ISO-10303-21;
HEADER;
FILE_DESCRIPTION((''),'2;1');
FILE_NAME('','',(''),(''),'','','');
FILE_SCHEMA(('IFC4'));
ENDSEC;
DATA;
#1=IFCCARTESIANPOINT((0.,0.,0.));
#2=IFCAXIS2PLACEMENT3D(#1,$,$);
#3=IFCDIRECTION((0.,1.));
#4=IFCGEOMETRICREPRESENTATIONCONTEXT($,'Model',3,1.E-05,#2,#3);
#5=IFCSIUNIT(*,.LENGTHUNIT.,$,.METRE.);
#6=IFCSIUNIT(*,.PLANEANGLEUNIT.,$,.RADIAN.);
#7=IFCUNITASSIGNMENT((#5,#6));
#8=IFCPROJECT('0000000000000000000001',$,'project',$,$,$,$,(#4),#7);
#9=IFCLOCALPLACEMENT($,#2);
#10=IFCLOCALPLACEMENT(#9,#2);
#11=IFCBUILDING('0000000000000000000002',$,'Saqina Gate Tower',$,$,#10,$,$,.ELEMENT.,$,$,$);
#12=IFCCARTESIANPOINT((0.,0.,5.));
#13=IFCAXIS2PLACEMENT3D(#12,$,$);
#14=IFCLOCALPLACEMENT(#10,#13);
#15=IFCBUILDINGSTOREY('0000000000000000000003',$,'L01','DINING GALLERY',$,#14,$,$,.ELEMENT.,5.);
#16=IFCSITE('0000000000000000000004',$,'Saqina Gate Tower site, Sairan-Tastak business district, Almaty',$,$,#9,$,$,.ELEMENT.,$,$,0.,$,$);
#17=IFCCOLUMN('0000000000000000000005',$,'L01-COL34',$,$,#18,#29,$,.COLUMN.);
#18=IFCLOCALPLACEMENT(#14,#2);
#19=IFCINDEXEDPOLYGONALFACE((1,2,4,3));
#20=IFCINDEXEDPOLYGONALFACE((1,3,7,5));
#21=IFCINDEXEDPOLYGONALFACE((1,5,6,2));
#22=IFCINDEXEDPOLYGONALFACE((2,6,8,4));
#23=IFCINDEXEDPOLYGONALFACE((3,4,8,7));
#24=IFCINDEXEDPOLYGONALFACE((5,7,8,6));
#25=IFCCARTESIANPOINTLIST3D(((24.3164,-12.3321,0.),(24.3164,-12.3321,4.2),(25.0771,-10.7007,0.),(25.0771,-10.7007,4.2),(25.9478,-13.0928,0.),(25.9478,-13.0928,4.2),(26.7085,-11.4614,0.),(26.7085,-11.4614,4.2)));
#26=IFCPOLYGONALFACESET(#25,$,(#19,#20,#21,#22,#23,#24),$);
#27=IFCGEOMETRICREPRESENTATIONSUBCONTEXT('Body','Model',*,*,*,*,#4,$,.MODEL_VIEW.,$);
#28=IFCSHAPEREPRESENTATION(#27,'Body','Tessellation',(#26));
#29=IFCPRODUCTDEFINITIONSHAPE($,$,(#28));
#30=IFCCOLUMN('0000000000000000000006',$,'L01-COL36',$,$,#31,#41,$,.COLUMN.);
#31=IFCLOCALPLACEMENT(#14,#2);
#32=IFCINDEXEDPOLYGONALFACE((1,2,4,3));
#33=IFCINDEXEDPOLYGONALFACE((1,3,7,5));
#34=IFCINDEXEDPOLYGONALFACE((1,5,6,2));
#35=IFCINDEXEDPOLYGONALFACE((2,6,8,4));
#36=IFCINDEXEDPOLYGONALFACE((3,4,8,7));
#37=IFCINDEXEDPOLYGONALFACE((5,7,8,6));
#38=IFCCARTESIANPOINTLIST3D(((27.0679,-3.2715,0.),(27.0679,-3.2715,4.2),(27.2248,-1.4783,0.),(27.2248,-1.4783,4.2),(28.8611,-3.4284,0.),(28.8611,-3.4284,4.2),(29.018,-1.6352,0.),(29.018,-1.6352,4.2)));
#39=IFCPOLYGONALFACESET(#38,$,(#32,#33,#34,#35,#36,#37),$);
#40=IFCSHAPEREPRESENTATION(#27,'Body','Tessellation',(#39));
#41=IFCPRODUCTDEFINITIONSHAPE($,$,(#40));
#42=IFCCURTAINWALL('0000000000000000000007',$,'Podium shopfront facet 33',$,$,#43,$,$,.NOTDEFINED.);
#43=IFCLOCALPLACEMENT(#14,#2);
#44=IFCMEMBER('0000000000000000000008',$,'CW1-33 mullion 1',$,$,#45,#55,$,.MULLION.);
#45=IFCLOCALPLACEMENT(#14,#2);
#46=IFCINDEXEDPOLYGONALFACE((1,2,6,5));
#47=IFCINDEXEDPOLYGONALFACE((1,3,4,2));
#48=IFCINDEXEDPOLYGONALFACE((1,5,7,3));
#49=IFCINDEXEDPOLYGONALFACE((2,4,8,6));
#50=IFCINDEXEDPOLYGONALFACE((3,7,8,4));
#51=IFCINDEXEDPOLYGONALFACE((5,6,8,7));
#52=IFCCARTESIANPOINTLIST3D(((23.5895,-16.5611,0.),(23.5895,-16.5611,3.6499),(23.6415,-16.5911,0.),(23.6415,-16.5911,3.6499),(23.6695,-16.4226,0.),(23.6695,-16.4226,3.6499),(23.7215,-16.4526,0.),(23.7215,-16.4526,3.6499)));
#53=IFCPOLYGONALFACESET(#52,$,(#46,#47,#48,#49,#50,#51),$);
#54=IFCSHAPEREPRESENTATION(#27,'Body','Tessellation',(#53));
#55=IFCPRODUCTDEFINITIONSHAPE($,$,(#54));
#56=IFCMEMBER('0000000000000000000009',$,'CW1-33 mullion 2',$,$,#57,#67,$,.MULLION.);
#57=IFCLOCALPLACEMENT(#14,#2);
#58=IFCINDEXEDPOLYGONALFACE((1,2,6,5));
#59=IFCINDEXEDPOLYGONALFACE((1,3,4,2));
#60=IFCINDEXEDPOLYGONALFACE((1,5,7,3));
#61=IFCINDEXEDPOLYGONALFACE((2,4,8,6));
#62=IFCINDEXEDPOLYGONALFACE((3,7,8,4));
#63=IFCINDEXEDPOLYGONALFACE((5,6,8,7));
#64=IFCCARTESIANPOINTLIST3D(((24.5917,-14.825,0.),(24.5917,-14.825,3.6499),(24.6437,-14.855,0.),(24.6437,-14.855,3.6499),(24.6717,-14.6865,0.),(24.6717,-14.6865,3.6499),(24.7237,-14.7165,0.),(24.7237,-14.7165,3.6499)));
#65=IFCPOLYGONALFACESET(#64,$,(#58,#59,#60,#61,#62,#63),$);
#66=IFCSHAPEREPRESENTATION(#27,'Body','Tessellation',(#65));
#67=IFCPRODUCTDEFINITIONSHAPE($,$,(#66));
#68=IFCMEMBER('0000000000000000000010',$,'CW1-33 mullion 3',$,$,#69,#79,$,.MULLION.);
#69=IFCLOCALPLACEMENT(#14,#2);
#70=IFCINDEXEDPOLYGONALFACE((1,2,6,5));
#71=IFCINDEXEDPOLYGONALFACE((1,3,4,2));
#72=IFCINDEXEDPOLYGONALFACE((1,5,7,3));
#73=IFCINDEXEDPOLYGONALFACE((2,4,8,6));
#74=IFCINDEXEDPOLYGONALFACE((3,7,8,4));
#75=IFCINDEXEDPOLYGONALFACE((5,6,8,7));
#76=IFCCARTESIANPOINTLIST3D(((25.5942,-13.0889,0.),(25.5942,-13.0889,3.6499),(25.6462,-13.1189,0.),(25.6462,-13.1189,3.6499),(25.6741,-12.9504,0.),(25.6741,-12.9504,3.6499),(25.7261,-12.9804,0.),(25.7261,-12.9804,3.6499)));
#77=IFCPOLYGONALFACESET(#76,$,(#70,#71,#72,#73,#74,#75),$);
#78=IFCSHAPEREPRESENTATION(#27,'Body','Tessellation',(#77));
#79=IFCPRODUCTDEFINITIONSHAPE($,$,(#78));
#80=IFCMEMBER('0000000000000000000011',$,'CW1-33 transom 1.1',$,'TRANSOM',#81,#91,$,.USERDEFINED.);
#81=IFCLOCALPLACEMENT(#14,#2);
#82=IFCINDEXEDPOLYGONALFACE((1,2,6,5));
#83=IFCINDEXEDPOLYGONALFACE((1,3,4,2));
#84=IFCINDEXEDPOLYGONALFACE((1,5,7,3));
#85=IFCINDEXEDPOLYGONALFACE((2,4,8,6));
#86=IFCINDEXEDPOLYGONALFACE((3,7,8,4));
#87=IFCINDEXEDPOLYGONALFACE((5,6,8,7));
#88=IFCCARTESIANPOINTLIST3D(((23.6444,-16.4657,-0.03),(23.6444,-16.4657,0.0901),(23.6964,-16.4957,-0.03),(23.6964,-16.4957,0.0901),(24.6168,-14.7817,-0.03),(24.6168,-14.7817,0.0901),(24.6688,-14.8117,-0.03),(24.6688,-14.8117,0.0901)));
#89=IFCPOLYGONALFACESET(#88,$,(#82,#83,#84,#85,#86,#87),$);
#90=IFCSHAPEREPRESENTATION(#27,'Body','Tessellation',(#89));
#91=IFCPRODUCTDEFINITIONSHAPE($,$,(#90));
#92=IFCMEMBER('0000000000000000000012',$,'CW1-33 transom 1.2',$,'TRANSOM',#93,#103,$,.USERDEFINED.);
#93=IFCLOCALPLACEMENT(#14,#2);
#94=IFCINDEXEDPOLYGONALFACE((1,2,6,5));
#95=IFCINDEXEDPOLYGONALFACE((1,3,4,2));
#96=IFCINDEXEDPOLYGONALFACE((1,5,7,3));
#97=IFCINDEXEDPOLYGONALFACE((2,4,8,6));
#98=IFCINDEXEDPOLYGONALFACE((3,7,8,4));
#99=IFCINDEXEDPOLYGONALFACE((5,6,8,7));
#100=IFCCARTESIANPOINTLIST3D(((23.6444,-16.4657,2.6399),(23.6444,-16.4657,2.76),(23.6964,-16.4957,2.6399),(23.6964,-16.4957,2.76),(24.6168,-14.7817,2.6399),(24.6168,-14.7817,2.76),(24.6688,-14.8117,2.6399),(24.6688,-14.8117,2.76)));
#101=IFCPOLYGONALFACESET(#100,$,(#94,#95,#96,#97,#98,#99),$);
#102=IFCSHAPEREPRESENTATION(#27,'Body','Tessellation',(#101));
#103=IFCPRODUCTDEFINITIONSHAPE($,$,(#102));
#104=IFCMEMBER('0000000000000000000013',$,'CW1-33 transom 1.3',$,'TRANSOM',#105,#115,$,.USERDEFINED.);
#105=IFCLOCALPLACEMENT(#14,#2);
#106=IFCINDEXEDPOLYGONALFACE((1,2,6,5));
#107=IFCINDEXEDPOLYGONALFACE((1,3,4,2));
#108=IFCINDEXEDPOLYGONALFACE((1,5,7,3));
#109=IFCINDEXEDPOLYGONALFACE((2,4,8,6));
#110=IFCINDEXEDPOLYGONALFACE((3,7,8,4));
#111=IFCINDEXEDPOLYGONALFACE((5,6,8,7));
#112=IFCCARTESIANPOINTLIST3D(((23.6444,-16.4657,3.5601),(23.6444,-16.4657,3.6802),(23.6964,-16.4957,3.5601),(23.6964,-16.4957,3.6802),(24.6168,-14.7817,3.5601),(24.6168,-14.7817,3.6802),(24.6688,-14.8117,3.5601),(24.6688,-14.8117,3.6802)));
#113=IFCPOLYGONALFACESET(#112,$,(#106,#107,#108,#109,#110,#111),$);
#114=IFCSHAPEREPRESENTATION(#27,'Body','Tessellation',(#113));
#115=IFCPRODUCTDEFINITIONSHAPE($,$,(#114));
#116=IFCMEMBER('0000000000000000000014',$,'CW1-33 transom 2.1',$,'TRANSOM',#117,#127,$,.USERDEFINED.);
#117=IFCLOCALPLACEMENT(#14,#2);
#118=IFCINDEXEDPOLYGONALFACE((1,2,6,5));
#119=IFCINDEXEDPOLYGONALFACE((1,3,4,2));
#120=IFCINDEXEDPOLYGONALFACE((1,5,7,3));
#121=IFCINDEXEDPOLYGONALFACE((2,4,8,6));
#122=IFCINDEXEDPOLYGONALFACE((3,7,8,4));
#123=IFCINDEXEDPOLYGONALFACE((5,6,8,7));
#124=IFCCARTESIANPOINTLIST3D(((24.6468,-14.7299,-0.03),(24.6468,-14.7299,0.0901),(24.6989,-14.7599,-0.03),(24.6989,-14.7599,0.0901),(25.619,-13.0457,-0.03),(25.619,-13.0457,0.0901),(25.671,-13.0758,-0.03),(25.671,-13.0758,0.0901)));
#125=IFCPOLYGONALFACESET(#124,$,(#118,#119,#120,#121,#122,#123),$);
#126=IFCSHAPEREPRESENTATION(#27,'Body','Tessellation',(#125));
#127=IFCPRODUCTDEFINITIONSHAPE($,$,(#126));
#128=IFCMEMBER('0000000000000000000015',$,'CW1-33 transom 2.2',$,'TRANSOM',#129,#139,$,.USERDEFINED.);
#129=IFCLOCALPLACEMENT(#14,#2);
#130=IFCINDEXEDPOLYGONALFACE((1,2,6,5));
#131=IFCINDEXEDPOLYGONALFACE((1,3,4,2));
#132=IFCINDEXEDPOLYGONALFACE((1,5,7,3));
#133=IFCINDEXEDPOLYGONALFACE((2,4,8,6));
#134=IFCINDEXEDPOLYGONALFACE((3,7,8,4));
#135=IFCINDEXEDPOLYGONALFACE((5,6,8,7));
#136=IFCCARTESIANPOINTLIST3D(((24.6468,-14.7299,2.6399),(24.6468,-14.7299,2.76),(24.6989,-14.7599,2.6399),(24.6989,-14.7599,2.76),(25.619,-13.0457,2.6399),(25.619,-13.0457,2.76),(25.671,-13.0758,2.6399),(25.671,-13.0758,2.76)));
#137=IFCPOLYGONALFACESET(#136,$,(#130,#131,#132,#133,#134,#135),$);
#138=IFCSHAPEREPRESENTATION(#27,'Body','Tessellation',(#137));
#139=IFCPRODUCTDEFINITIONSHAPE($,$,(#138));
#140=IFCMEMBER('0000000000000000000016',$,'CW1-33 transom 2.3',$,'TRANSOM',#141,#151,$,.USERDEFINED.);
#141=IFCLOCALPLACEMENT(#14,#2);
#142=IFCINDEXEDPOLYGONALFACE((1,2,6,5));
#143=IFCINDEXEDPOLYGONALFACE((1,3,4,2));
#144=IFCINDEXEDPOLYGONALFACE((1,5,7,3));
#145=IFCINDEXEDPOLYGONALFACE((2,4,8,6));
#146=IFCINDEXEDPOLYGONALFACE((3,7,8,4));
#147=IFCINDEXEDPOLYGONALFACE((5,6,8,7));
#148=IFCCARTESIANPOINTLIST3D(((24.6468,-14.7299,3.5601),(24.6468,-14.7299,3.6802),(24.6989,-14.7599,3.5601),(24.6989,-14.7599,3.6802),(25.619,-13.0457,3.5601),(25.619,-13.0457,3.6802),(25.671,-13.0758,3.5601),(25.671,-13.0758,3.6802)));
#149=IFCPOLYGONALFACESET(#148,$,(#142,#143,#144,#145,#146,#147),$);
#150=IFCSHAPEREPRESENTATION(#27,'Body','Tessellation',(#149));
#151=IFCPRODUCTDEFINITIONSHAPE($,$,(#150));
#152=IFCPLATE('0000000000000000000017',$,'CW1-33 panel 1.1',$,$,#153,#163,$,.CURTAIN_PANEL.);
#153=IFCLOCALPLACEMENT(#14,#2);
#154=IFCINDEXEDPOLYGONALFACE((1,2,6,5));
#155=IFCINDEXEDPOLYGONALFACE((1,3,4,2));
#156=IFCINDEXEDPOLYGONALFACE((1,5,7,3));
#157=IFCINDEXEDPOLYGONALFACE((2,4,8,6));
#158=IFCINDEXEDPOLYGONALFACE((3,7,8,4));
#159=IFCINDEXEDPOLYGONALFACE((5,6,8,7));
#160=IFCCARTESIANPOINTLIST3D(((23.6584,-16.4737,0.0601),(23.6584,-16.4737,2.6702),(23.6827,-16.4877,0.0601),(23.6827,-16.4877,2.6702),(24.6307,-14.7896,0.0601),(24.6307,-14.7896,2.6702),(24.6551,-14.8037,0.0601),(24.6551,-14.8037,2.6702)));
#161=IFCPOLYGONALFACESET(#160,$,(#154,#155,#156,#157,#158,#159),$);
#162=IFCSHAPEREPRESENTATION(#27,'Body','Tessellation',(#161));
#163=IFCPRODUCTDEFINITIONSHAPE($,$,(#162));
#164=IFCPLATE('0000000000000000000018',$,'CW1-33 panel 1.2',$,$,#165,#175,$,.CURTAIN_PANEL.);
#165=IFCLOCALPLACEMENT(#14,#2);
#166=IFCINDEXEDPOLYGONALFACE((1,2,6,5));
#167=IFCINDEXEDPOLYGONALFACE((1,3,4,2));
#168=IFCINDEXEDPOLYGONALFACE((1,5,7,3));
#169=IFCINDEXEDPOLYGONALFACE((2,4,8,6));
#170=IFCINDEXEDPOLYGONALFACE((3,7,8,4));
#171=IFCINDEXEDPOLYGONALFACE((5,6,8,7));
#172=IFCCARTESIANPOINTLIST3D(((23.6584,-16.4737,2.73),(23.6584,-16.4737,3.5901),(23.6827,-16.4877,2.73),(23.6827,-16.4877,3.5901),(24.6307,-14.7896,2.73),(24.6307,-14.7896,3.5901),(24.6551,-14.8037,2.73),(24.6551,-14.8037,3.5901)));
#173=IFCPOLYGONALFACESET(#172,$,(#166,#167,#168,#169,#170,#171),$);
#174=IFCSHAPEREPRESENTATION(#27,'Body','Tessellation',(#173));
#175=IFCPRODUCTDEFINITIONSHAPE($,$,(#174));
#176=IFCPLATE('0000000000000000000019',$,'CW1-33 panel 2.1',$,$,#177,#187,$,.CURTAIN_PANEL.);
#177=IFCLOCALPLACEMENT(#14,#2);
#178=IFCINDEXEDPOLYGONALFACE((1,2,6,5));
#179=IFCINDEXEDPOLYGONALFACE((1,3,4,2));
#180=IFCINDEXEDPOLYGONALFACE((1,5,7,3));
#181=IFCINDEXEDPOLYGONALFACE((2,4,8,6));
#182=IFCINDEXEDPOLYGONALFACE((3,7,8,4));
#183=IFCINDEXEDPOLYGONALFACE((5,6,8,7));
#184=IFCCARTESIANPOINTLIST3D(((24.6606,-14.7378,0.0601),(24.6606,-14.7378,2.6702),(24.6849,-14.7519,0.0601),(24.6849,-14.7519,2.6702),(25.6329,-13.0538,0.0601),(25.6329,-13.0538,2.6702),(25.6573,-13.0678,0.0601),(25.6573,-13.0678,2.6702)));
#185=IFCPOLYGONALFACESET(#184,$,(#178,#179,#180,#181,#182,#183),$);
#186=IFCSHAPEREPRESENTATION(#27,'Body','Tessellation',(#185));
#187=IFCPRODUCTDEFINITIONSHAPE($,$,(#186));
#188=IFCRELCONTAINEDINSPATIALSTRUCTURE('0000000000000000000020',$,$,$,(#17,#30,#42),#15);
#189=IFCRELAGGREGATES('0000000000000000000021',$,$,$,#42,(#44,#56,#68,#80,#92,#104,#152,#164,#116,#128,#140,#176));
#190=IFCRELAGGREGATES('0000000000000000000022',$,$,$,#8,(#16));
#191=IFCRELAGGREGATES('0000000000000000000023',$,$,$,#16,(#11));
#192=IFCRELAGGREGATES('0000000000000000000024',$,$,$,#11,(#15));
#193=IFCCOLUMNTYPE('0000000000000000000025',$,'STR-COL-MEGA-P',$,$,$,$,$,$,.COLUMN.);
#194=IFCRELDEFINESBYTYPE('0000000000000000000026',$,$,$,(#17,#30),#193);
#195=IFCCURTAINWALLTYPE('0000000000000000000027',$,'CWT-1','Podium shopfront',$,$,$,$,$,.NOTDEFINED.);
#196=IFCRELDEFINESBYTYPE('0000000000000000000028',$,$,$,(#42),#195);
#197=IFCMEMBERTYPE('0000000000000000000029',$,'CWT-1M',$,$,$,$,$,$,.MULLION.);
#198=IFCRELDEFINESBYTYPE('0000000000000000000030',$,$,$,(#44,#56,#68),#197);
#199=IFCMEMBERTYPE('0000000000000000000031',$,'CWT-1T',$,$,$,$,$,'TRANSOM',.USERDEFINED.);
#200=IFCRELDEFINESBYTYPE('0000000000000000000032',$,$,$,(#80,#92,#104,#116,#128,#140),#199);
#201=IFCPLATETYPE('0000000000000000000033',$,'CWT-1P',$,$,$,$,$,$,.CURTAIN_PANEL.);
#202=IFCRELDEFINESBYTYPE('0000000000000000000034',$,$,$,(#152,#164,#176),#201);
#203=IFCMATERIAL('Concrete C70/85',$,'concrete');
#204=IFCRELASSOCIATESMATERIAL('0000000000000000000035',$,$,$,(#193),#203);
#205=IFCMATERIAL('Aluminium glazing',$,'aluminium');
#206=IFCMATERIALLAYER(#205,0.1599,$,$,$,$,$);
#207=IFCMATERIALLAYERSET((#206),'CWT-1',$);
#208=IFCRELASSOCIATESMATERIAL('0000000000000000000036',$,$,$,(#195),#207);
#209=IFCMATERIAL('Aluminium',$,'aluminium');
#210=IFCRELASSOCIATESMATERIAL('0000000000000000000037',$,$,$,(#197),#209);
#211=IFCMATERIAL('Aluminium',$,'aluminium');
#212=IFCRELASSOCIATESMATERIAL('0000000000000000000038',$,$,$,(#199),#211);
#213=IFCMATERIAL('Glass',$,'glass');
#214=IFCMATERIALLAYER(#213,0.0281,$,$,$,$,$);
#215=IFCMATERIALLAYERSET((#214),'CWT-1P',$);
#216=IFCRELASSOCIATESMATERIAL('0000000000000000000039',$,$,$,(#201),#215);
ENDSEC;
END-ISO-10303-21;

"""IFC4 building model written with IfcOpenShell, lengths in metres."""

from ifc_helpers import new_model, si_unit, direction, frame, origin, origin_2d, place, context, subcontext, project, spatial, rectangle, extrude, material, layer, layer_set, material_profile, profile_set, type_object, element, aggregate, save


model = new_model("IFC4")

# Units and contexts
model_context = context("Model", 3, precision=1e-05, world=origin(), true_north=direction((0.0, 1.0)))
body_context = subcontext(model_context, "Body", "Model", "MODEL_VIEW")
ifc_project = project(units=[si_unit("LENGTHUNIT", "METRE"), si_unit("PLANEANGLEUNIT", "RADIAN")], contexts=[model_context])

# Site, building, storey
site_placement = place(None, origin())
site = spatial("IfcSite", under=ifc_project, at=site_placement, Name="Saqina Gate Tower site, Sairan-Tastak business district, Almaty", CompositionType="ELEMENT", RefElevation=0.0)
building_placement = place(site_placement, origin())
building = spatial("IfcBuilding", under=site, at=building_placement, Name="Saqina Gate Tower", CompositionType="ELEMENT")
storey_placement = place(building_placement, frame((0.0, 0.0, 5.0)))
storey = spatial("IfcBuildingStorey", under=building, at=storey_placement, Name="L01", Description="DINING GALLERY", CompositionType="ELEMENT", Elevation=5.0)

# Columns
ifc_material_1 = material(Name="Concrete C70/85", Category="concrete")
ifc_material_profile_1 = material_profile(ifc_material_1, rectangle(XDim=1.8, YDim=1.8, at=origin_2d()), Name="RC 1800x1800")
ifc_profile_set_1 = profile_set([ifc_material_profile_1], Name="Concrete C70/85")
column_type = type_object("IfcColumnType", Name="STR-COL-MEGA-P", PredefinedType="COLUMN", material=ifc_profile_set_1)
for number, where, z_axis, x_axis, name in (
    (1, (25.5125, -11.8967, 0.0), (0.0, 0.0, 1.0), (0.906308, -0.422618, 0.0), "L01-COL34"),
    (2, (28.043, -2.4534, 0.0), (0.0, 0.0, 1.0), (0.996195, -0.087156, 0.0), "L01-COL36"),
):
    element("IfcColumn", number, at=place(storey_placement, frame(where, z_axis=z_axis, x_axis=x_axis)), inside=storey, type_object=column_type, Name=name, PredefinedType="COLUMN", context=body_context, shape_type="SweptSolid", body=[
        extrude(rectangle(XDim=1.8, YDim=1.8, at=origin_2d()), origin(), (0.0, 0.0, 1.0), 4.2),
    ])

# Curtain wall, members, plates
ifc_material_2 = material(Name="Aluminium glazing", Category="aluminium")
ifc_layer_1 = layer(ifc_material_2, 0.1599)
ifc_layer_set_1 = layer_set([ifc_layer_1], Name="CWT-1")
curtain_wall_type = type_object("IfcCurtainWallType", Name="CWT-1", Description="Podium shopfront", PredefinedType="NOTDEFINED", material=ifc_layer_set_1)
curtain_wall_placement = place(storey_placement, origin())
curtain_wall = element("IfcCurtainWall", 3, at=curtain_wall_placement, inside=storey, type_object=curtain_wall_type, Name="Podium shopfront facet 33", PredefinedType="NOTDEFINED")
ifc_material_3 = material(Name="Aluminium", Category="aluminium")
ifc_material_profile_2 = material_profile(ifc_material_3, rectangle(XDim=0.0601, YDim=0.1599, at=origin_2d()), Name="Aluminium 60x160")
ifc_profile_set_2 = profile_set([ifc_material_profile_2], Name="Aluminium")
member_type_1 = type_object("IfcMemberType", Name="CWT-1M", PredefinedType="MULLION", material=ifc_profile_set_2)
member_1_placement = place(storey_placement, frame((23.6555, -16.5068, 0.0), z_axis=(0.0, 0.0, 1.0), x_axis=(-0.866017, 0.500014, 0.0)))
member_1 = element("IfcMember", 4, at=member_1_placement, type_object=member_type_1, Name="CW1-33 mullion 1", PredefinedType="MULLION", context=body_context, shape_type="SweptSolid", body=[
    extrude(rectangle(XDim=0.0601, YDim=0.1599, at=origin_2d()), origin(), (0.0, 0.0, 1.0), 3.6499),
])
member_2_placement = place(storey_placement, frame((24.6577, -14.7708, 0.0), z_axis=(0.0, 0.0, 1.0), x_axis=(-0.866017, 0.500014, 0.0)))
member_2 = element("IfcMember", 5, at=member_2_placement, type_object=member_type_1, Name="CW1-33 mullion 2", PredefinedType="MULLION", context=body_context, shape_type="SweptSolid", body=[
    extrude(rectangle(XDim=0.0601, YDim=0.1599, at=origin_2d()), origin(), (0.0, 0.0, 1.0), 3.6499),
])
member_3_placement = place(storey_placement, frame((25.6602, -13.0347, 0.0), z_axis=(0.0, 0.0, 1.0), x_axis=(-0.866017, 0.500014, 0.0)))
member_3 = element("IfcMember", 6, at=member_3_placement, type_object=member_type_1, Name="CW1-33 mullion 3", PredefinedType="MULLION", context=body_context, shape_type="SweptSolid", body=[
    extrude(rectangle(XDim=0.0601, YDim=0.1599, at=origin_2d()), origin(), (0.0, 0.0, 1.0), 3.6499),
])
ifc_material_4 = material(Name="Aluminium", Category="aluminium")
ifc_material_profile_3 = material_profile(ifc_material_4, rectangle(XDim=0.0601, YDim=0.1201, at=origin_2d()), Name="Aluminium 60x120")
ifc_profile_set_3 = profile_set([ifc_material_profile_3], Name="Aluminium")
member_type_2 = type_object("IfcMemberType", Name="CWT-1T", ElementType="TRANSOM", PredefinedType="USERDEFINED", material=ifc_profile_set_3)
member_4_placement = place(storey_placement, frame((23.6704, -16.4807, 0.03), z_axis=(0.500041, 0.866002, 0.0), x_axis=(-0.866002, 0.500041, 0.0)))
member_4 = element("IfcMember", 7, at=member_4_placement, type_object=member_type_2, Name="CW1-33 transom 1.1", ObjectType="TRANSOM", PredefinedType="USERDEFINED", context=body_context, shape_type="SweptSolid", body=[
    extrude(rectangle(XDim=0.0601, YDim=0.1201, at=origin_2d()), origin(), (0.0, 0.0, 1.0), 1.9446),
])
member_5_placement = place(storey_placement, frame((23.6704, -16.4807, 2.7), z_axis=(0.500041, 0.866002, 0.0), x_axis=(-0.866002, 0.500041, 0.0)))
member_5 = element("IfcMember", 8, at=member_5_placement, type_object=member_type_2, Name="CW1-33 transom 1.2", ObjectType="TRANSOM", PredefinedType="USERDEFINED", context=body_context, shape_type="SweptSolid", body=[
    extrude(rectangle(XDim=0.0601, YDim=0.1201, at=origin_2d()), origin(), (0.0, 0.0, 1.0), 1.9446),
])
member_6_placement = place(storey_placement, frame((23.6704, -16.4807, 3.6201), z_axis=(0.500041, 0.866002, 0.0), x_axis=(-0.866002, 0.500041, 0.0)))
member_6 = element("IfcMember", 9, at=member_6_placement, type_object=member_type_2, Name="CW1-33 transom 1.3", ObjectType="TRANSOM", PredefinedType="USERDEFINED", context=body_context, shape_type="SweptSolid", body=[
    extrude(rectangle(XDim=0.0601, YDim=0.1201, at=origin_2d()), origin(), (0.0, 0.0, 1.0), 1.9446),
])
member_7_placement = place(storey_placement, frame((24.6729, -14.7449, 0.03), z_axis=(0.499947, 0.866056, 0.0), x_axis=(-0.866056, 0.499947, 0.0)))
member_7 = element("IfcMember", 10, at=member_7_placement, type_object=member_type_2, Name="CW1-33 transom 2.1", ObjectType="TRANSOM", PredefinedType="USERDEFINED", context=body_context, shape_type="SweptSolid", body=[
    extrude(rectangle(XDim=0.0601, YDim=0.1201, at=origin_2d()), origin(), (0.0, 0.0, 1.0), 1.9446),
])
member_8_placement = place(storey_placement, frame((24.6729, -14.7449, 2.7), z_axis=(0.499947, 0.866056, 0.0), x_axis=(-0.866056, 0.499947, 0.0)))
member_8 = element("IfcMember", 11, at=member_8_placement, type_object=member_type_2, Name="CW1-33 transom 2.2", ObjectType="TRANSOM", PredefinedType="USERDEFINED", context=body_context, shape_type="SweptSolid", body=[
    extrude(rectangle(XDim=0.0601, YDim=0.1201, at=origin_2d()), origin(), (0.0, 0.0, 1.0), 1.9446),
])
member_9_placement = place(storey_placement, frame((24.6729, -14.7449, 3.6201), z_axis=(0.499947, 0.866056, 0.0), x_axis=(-0.866056, 0.499947, 0.0)))
member_9 = element("IfcMember", 12, at=member_9_placement, type_object=member_type_2, Name="CW1-33 transom 2.3", ObjectType="TRANSOM", PredefinedType="USERDEFINED", context=body_context, shape_type="SweptSolid", body=[
    extrude(rectangle(XDim=0.0601, YDim=0.1201, at=origin_2d()), origin(), (0.0, 0.0, 1.0), 1.9446),
])
ifc_material_5 = material(Name="Glass", Category="glass")
ifc_layer_2 = layer(ifc_material_5, 0.0281)
ifc_layer_set_2 = layer_set([ifc_layer_2], Name="CWT-1P")
plate_type = type_object("IfcPlateType", Name="CWT-1P", PredefinedType="CURTAIN_PANEL", material=ifc_layer_set_2)
plate_1_placement = place(storey_placement, frame((24.1567, -15.6387, 0.0601), z_axis=(0.0, 0.0, 1.0), x_axis=(0.500014, 0.866017, 0.0)))
plate_1 = element("IfcPlate", 13, at=plate_1_placement, type_object=plate_type, Name="CW1-33 panel 1.1", PredefinedType="CURTAIN_PANEL", context=body_context, shape_type="SweptSolid", body=[
    extrude(rectangle(XDim=1.9446, YDim=0.0281, at=origin_2d()), origin(), (0.0, 0.0, 1.0), 2.6101),
])
plate_2_placement = place(storey_placement, frame((24.1567, -15.6387, 2.73), z_axis=(0.0, 0.0, 1.0), x_axis=(0.500014, 0.866017, 0.0)))
plate_2 = element("IfcPlate", 14, at=plate_2_placement, type_object=plate_type, Name="CW1-33 panel 1.2", PredefinedType="CURTAIN_PANEL", context=body_context, shape_type="SweptSolid", body=[
    extrude(rectangle(XDim=1.9446, YDim=0.0281, at=origin_2d()), origin(), (0.0, 0.0, 1.0), 0.8601),
])
plate_3_placement = place(storey_placement, frame((25.1589, -13.9028, 0.0601), z_axis=(0.0, 0.0, 1.0), x_axis=(0.500014, 0.866017, 0.0)))
plate_3 = element("IfcPlate", 15, at=plate_3_placement, type_object=plate_type, Name="CW1-33 panel 2.1", PredefinedType="CURTAIN_PANEL", context=body_context, shape_type="SweptSolid", body=[
    extrude(rectangle(XDim=1.9446, YDim=0.0281, at=origin_2d()), origin(), (0.0, 0.0, 1.0), 2.6101),
])
aggregate(curtain_wall, [member_1, member_2, member_3, member_4, member_5, member_6, plate_1, plate_2, member_7, member_8, member_9, plate_3])

save(model, "model.ifc")
